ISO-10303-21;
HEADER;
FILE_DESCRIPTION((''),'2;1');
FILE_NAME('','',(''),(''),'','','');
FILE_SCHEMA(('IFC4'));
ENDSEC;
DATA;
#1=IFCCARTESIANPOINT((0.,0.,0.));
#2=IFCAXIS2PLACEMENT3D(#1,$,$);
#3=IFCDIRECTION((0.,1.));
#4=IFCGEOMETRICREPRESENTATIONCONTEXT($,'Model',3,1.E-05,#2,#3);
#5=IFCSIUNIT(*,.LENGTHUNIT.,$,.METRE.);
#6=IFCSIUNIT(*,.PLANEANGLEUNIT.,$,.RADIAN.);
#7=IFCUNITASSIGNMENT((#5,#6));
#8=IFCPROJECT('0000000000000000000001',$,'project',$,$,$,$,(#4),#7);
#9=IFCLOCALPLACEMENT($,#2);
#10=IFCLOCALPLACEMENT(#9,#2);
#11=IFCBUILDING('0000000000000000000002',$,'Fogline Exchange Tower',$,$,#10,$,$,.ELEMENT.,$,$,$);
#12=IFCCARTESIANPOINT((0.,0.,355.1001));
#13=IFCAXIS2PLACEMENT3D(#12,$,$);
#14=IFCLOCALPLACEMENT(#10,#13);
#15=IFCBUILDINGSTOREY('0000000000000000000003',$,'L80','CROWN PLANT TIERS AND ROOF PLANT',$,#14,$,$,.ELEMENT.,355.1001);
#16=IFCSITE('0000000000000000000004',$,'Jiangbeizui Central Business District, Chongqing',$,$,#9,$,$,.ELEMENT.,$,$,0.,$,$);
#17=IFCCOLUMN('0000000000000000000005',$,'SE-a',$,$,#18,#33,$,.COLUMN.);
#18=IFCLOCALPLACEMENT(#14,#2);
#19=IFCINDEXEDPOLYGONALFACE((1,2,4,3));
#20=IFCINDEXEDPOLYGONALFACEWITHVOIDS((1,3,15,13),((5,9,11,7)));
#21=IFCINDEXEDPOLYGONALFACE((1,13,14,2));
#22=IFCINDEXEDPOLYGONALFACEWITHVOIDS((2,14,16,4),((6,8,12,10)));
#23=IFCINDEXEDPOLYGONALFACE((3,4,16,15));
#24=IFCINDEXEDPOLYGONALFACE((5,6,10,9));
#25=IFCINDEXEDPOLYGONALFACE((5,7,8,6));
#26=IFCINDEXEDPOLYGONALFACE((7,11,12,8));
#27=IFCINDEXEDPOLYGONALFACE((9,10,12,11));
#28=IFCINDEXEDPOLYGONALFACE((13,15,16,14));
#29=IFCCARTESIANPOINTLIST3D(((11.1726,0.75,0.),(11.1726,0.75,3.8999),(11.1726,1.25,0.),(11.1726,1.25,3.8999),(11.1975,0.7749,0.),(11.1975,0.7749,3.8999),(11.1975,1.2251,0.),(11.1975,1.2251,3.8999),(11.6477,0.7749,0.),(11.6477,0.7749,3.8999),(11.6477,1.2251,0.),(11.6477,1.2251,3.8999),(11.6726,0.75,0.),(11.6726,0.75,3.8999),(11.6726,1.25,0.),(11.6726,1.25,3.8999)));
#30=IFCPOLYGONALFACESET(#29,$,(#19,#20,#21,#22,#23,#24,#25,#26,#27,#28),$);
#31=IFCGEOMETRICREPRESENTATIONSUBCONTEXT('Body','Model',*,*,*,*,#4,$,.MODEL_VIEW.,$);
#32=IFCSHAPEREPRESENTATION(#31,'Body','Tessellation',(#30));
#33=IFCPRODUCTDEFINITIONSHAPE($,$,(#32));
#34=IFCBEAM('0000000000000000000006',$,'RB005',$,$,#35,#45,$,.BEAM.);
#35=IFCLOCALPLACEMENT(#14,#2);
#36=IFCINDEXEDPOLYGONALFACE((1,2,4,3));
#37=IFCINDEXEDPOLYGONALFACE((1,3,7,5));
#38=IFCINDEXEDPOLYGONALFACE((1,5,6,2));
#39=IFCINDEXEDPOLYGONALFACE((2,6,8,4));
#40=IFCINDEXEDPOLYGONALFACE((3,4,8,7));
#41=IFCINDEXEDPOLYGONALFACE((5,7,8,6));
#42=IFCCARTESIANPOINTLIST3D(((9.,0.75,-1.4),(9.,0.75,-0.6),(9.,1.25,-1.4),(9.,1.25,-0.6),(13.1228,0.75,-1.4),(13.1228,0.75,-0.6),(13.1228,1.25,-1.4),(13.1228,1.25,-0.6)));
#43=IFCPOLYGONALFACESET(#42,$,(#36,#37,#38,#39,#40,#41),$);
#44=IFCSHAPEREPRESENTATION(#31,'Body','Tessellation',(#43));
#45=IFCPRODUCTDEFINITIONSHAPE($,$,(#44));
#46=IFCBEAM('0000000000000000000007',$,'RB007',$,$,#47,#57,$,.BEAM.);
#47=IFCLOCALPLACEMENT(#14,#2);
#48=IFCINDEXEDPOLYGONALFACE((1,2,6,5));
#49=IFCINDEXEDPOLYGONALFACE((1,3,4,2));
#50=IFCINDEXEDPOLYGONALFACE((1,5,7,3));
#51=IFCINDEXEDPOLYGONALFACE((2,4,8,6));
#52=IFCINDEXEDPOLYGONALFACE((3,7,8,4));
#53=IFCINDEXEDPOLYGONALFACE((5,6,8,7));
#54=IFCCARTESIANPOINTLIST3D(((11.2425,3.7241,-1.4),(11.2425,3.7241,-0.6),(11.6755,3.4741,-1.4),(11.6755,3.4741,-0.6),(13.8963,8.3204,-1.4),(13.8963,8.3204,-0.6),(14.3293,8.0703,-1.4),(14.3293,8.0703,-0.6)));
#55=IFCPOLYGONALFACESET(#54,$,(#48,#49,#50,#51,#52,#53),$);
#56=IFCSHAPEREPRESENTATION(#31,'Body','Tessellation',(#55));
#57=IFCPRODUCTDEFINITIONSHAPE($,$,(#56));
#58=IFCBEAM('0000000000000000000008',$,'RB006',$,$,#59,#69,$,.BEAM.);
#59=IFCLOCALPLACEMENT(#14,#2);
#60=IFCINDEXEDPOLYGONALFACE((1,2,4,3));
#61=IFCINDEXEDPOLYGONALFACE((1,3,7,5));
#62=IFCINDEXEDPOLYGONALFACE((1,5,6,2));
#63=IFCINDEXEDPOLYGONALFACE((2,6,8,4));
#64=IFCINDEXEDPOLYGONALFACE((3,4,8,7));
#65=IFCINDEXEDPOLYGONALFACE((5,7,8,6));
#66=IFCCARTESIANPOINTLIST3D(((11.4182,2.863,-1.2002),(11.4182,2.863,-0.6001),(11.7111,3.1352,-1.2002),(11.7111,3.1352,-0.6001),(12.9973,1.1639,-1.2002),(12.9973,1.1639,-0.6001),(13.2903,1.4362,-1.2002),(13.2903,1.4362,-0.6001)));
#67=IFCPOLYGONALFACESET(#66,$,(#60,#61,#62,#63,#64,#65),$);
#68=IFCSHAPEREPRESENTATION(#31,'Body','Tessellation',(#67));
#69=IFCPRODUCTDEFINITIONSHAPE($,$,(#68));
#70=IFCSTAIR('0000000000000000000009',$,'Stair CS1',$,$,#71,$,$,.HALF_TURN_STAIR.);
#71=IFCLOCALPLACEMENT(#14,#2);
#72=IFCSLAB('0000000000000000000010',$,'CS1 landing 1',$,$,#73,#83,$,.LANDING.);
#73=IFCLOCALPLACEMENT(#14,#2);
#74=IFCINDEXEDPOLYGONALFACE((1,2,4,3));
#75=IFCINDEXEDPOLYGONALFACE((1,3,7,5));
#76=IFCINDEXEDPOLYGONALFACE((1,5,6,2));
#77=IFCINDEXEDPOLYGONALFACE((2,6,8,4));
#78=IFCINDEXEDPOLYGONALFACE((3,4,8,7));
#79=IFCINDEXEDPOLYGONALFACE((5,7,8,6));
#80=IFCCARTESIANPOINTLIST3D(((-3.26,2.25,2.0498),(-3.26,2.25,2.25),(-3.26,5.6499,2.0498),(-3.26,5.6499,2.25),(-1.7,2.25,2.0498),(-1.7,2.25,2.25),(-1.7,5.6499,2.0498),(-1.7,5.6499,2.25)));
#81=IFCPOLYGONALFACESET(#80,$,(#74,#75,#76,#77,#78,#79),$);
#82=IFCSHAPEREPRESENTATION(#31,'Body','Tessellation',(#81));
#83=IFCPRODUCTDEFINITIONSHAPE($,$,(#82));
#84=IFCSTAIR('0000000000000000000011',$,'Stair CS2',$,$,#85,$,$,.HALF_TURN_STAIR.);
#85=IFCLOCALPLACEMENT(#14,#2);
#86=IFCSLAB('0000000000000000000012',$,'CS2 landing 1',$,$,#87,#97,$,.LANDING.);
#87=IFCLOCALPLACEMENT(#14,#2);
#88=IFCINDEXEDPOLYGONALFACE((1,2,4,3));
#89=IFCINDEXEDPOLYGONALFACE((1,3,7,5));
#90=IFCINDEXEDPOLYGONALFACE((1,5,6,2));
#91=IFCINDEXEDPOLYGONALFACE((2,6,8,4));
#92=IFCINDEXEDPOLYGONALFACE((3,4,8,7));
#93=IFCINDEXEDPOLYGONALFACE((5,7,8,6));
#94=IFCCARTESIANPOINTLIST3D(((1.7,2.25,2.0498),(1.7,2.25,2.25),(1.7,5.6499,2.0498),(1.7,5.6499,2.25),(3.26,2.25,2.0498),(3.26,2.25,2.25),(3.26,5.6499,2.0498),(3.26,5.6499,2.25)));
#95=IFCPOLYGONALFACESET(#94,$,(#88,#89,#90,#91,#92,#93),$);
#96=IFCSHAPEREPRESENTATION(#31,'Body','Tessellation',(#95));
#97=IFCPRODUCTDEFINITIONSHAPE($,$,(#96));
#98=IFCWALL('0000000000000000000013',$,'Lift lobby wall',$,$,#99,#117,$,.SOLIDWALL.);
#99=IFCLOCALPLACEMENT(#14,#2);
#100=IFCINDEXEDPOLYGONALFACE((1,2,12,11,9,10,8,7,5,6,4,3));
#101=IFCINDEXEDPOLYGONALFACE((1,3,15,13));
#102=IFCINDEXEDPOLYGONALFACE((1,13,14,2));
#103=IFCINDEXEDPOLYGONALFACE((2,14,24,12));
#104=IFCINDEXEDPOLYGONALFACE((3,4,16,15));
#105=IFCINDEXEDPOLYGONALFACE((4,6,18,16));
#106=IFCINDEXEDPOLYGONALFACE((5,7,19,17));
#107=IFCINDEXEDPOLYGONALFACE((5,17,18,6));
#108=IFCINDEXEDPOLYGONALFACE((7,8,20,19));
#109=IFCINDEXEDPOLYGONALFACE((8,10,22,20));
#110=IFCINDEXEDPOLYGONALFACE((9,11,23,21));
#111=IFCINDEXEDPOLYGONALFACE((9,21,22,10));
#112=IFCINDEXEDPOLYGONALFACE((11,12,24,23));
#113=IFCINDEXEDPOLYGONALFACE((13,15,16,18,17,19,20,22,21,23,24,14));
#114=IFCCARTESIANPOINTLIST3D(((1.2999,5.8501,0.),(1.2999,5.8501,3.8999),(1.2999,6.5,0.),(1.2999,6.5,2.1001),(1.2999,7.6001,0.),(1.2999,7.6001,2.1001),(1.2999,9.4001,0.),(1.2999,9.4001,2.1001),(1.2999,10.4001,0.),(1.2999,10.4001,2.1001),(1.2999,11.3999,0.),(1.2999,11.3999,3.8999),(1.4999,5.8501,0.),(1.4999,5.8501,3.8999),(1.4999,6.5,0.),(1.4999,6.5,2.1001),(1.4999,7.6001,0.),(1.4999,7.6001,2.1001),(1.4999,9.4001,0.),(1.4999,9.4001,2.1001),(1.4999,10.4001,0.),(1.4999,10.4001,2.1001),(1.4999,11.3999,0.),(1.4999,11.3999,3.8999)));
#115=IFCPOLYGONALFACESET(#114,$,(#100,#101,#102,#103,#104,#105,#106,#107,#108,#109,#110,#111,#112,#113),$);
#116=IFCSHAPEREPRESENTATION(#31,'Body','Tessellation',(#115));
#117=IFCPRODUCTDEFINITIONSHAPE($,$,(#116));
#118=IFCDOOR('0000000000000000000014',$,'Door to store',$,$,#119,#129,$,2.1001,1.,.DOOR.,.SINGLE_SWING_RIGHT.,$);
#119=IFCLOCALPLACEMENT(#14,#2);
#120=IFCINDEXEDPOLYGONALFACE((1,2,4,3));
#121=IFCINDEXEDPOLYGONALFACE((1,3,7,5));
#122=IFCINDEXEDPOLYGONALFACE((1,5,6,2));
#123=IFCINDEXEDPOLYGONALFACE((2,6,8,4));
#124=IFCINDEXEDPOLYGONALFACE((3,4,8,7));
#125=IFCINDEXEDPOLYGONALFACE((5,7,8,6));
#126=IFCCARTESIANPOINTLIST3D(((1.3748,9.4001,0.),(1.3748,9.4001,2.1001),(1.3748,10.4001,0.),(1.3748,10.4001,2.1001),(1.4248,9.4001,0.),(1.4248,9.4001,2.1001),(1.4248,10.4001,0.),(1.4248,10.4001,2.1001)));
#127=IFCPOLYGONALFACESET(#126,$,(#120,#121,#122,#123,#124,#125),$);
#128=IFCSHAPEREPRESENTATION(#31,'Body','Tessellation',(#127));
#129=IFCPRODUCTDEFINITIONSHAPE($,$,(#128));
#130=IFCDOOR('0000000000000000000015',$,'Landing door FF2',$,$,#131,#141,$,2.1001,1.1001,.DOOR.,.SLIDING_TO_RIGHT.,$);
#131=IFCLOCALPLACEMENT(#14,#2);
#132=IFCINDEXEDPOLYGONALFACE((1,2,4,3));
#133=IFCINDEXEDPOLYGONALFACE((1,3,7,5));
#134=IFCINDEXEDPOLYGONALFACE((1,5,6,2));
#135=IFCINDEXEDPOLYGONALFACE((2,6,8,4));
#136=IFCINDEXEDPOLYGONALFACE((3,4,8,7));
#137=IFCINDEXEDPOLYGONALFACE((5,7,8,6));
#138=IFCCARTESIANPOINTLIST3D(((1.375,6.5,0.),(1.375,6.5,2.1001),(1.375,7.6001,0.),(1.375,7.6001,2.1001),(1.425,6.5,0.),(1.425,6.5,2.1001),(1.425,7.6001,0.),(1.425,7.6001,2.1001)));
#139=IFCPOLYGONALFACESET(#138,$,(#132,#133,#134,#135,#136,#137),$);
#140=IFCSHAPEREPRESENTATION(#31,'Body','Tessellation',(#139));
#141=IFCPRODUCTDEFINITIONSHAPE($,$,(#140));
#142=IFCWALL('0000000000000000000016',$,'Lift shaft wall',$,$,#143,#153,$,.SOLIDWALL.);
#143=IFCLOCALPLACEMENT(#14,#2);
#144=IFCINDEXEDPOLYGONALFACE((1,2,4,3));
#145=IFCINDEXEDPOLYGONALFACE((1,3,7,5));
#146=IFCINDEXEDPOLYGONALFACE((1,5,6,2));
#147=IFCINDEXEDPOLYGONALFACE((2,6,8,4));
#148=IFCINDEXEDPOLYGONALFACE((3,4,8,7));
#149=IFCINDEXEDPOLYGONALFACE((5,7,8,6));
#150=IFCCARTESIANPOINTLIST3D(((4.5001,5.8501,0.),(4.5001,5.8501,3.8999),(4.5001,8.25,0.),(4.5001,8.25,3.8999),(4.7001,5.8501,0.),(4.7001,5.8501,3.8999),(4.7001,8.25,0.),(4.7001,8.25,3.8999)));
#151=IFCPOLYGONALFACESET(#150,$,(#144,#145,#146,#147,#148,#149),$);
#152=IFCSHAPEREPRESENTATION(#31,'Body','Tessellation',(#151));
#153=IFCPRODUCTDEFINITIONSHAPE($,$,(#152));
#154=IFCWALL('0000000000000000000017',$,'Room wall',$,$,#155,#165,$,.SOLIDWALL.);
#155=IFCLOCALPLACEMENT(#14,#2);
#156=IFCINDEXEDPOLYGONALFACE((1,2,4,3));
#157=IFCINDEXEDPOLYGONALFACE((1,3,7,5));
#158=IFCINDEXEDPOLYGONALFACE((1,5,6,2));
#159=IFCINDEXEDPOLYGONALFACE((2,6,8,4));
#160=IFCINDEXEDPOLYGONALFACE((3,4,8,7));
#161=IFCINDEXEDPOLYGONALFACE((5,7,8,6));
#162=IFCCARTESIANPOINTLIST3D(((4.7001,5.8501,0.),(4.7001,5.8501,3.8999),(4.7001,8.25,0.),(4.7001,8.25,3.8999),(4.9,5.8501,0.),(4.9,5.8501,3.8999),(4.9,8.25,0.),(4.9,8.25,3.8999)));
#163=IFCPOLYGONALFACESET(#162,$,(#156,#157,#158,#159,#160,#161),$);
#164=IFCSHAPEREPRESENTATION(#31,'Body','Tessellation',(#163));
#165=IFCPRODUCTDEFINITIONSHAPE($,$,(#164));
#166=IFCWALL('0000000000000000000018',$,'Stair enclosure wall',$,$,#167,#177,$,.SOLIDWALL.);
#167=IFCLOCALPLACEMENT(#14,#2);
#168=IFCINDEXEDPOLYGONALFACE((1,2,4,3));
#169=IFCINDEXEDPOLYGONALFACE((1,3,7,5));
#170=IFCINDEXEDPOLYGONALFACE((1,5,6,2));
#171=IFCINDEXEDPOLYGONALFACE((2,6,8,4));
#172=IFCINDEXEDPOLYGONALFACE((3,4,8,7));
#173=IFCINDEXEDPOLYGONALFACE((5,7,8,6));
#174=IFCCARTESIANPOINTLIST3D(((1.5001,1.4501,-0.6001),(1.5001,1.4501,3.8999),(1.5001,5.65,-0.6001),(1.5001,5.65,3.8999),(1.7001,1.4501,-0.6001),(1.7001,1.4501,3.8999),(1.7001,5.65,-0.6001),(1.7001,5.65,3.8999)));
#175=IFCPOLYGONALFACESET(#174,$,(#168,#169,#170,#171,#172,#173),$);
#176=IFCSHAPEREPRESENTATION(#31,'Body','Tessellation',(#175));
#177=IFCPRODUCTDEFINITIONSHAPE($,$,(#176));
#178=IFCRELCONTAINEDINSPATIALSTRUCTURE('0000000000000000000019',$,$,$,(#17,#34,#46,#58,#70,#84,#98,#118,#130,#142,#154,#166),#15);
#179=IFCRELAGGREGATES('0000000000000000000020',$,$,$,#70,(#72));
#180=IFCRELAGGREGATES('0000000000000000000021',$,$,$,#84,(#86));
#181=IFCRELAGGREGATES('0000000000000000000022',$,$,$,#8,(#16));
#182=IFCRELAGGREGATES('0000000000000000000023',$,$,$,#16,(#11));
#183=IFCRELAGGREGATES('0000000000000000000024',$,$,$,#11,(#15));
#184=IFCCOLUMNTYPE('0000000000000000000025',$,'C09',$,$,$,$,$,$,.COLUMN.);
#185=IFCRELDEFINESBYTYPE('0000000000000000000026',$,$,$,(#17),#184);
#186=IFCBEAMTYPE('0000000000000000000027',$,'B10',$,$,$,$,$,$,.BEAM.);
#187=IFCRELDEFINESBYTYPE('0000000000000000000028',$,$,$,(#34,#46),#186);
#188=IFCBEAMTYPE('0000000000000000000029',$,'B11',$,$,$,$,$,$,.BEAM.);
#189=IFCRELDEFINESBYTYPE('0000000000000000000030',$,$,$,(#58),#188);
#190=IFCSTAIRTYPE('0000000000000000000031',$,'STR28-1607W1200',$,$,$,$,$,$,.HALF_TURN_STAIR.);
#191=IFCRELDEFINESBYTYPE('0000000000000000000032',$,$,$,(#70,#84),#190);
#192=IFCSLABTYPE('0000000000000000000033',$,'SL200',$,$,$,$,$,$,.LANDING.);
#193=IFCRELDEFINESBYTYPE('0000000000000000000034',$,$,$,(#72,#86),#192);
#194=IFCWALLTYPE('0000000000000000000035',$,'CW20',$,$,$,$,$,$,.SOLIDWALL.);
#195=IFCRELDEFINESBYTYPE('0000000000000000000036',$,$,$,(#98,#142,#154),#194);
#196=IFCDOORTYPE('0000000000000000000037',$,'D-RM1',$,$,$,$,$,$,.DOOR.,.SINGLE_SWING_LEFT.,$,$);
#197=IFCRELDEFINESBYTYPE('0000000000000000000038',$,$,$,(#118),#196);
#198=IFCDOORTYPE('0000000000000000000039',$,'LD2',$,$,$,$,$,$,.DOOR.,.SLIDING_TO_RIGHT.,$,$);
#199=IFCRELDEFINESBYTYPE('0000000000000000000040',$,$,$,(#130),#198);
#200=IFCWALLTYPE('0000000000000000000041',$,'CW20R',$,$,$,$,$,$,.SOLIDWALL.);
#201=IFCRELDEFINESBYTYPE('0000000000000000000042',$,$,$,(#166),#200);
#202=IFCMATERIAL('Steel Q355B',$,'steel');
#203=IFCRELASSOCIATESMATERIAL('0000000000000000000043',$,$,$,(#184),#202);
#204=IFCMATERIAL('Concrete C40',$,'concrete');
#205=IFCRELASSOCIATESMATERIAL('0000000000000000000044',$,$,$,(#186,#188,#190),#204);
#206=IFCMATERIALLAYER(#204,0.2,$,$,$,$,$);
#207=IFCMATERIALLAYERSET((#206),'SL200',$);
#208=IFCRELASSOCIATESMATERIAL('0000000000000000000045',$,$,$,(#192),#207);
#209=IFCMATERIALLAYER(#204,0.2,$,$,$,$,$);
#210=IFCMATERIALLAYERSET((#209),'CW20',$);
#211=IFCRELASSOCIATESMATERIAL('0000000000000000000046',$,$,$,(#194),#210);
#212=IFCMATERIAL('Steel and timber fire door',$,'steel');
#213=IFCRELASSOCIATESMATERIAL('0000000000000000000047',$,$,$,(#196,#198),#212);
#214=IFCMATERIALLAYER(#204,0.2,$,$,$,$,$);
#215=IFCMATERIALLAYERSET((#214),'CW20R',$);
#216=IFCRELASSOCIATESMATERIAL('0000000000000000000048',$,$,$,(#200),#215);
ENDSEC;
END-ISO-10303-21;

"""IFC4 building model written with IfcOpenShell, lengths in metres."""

from ifc_helpers import new_model, si_unit, direction, frame, frame_2d, origin, origin_2d, place, context, subcontext, project, spatial, polyline, rectangle, hollow_rectangle, outline, extrude, material, layer, layer_set, material_profile, profile_set, type_object, element, fill, aggregate, save


model = new_model("IFC4")

# Units and contexts
model_context = context("Model", 3, precision=1e-05, world=origin(), true_north=direction((0.0, 1.0)))
body_context = subcontext(model_context, "Body", "Model", "MODEL_VIEW")
ifc_project = project(units=[si_unit("LENGTHUNIT", "METRE"), si_unit("PLANEANGLEUNIT", "RADIAN")], contexts=[model_context])

# Site, building, storey
site_placement = place(None, origin())
site = spatial("IfcSite", under=ifc_project, at=site_placement, Name="Jiangbeizui Central Business District, Chongqing", CompositionType="ELEMENT", RefElevation=0.0)
building_placement = place(site_placement, origin())
building = spatial("IfcBuilding", under=site, at=building_placement, Name="Fogline Exchange Tower", CompositionType="ELEMENT")
storey_placement = place(building_placement, frame((0.0, 0.0, 355.1001)))
storey = spatial("IfcBuildingStorey", under=building, at=storey_placement, Name="L80", Description="CROWN PLANT TIERS AND ROOF PLANT", CompositionType="ELEMENT", Elevation=355.1001)

# Column
ifc_material_1 = material(Name="Steel Q355B", Category="steel")
ifc_material_profile_1 = material_profile(ifc_material_1, hollow_rectangle(XDim=0.5, YDim=0.5, WallThickness=0.0249, at=origin_2d()), Name="BOX500X500X25")
ifc_profile_set_1 = profile_set([ifc_material_profile_1], Name="Steel Q355B")
column_type = type_object("IfcColumnType", Name="C09", PredefinedType="COLUMN", material=ifc_profile_set_1)
column_placement = place(storey_placement, frame((11.4226, 1.0, 0.0), z_axis=(0.0, 0.0, 1.0), x_axis=(1.0, 0.0, 0.0)))
element("IfcColumn", 1, at=column_placement, inside=storey, type_object=column_type, Name="SE-a", PredefinedType="COLUMN", context=body_context, shape_type="SweptSolid", body=[
    extrude(hollow_rectangle(XDim=0.5, YDim=0.5, WallThickness=0.0249, at=origin_2d()), origin(), (0.0, 0.0, 1.0), 3.8999),
])

# Beams
ifc_material_2 = material(Name="Concrete C40", Category="concrete")
ifc_material_profile_2 = material_profile(ifc_material_2, rectangle(XDim=0.5, YDim=0.8, at=origin_2d()), Name="RC 500x800")
ifc_profile_set_2 = profile_set([ifc_material_profile_2], Name="Concrete C40")
beam_type_1 = type_object("IfcBeamType", Name="B10", PredefinedType="BEAM", material=ifc_profile_set_2)
beam_1_placement = place(storey_placement, frame((9.0, 1.0, -1.0), z_axis=(1.0, 0.0, 0.0), x_axis=(0.0, 1.0, 0.0)))
element("IfcBeam", 2, at=beam_1_placement, inside=storey, type_object=beam_type_1, Name="RB005", PredefinedType="BEAM", context=body_context, shape_type="SweptSolid", body=[
    extrude(rectangle(XDim=0.5, YDim=0.8, at=origin_2d()), origin(), (0.0, 0.0, 1.0), 4.1228),
])
beam_2_placement = place(storey_placement, frame((11.459, 3.5991, -1.0), z_axis=(0.500028, 0.866009, 0.0), x_axis=(-0.866009, 0.500028, 0.0)))
element("IfcBeam", 3, at=beam_2_placement, inside=storey, type_object=beam_type_1, Name="RB007", PredefinedType="BEAM", context=body_context, shape_type="SweptSolid", body=[
    extrude(rectangle(XDim=0.5, YDim=0.8, at=origin_2d()), origin(), (0.0, 0.0, 1.0), 5.3074),
])
ifc_material_profile_3 = material_profile(ifc_material_2, rectangle(XDim=0.3999, YDim=0.6001, at=origin_2d()), Name="RC 400x600")
ifc_profile_set_3 = profile_set([ifc_material_profile_3], Name="Concrete C40")
beam_type_2 = type_object("IfcBeamType", Name="B11", PredefinedType="BEAM", material=ifc_profile_set_3)
beam_3_placement = place(storey_placement, frame((13.1438, 1.3, -0.9001), z_axis=(-0.680794, 0.732475, 0.0), x_axis=(-0.732475, -0.680794, 0.0)))
element("IfcBeam", 4, at=beam_3_placement, inside=storey, type_object=beam_type_2, Name="RB006", PredefinedType="BEAM", context=body_context, shape_type="SweptSolid", body=[
    extrude(rectangle(XDim=0.3999, YDim=0.6001, at=origin_2d()), origin(), (0.0, 0.0, 1.0), 2.3196),
])

# Stairs, slabs
stair_type = type_object("IfcStairType", Name="STR28-1607W1200", PredefinedType="HALF_TURN_STAIR", material=ifc_material_2)
stair_1_placement = place(storey_placement, origin())
stair_1 = element("IfcStair", 5, at=stair_1_placement, inside=storey, type_object=stair_type, Name="Stair CS1", PredefinedType="HALF_TURN_STAIR")
ifc_layer_1 = layer(ifc_material_2, 0.2)
ifc_layer_set_1 = layer_set([ifc_layer_1], Name="SL200")
slab_type = type_object("IfcSlabType", Name="SL200", PredefinedType="LANDING", material=ifc_layer_set_1)
slab_1_placement = place(storey_placement, frame((0.0, 0.0, 2.0498)))
slab_1 = element("IfcSlab", 6, at=slab_1_placement, type_object=slab_type, Name="CS1 landing 1", PredefinedType="LANDING", context=body_context, shape_type="SweptSolid", body=[
    extrude(outline(polyline([(-3.26, 2.25), (-1.7, 2.25), (-1.7, 5.6499), (-3.26, 5.6499), (-3.26, 2.25)])), origin(), (0.0, 0.0, 1.0), 0.2002),
])
aggregate(stair_1, [slab_1])
stair_2_placement = place(storey_placement, origin())
stair_2 = element("IfcStair", 7, at=stair_2_placement, inside=storey, type_object=stair_type, Name="Stair CS2", PredefinedType="HALF_TURN_STAIR")
slab_2_placement = place(storey_placement, frame((0.0, 0.0, 2.0498)))
slab_2 = element("IfcSlab", 8, at=slab_2_placement, type_object=slab_type, Name="CS2 landing 1", PredefinedType="LANDING", context=body_context, shape_type="SweptSolid", body=[
    extrude(outline(polyline([(1.7, 2.25), (3.26, 2.25), (3.26, 5.6499), (1.7, 5.6499), (1.7, 2.25)])), origin(), (0.0, 0.0, 1.0), 0.2002),
])

# Wall, openings, doors
ifc_layer_2 = layer(ifc_material_2, 0.2)
ifc_layer_set_2 = layer_set([ifc_layer_2], Name="CW20")
wall_type_1 = type_object("IfcWallType", Name="CW20", PredefinedType="SOLIDWALL", material=ifc_layer_set_2)
wall_1_placement = place(storey_placement, frame((1.3999, 5.8501, 0.0), z_axis=(0.0, 0.0, 1.0), x_axis=(0.0, 1.0, 0.0)))
wall_1 = element("IfcWall", 9, at=wall_1_placement, inside=storey, type_object=wall_type_1, Name="Lift lobby wall", PredefinedType="SOLIDWALL", context=body_context, shape_type="SweptSolid", body=[
    extrude(rectangle(XDim=5.5498, YDim=0.2, at=frame_2d((2.7749, 0.0))), origin(), (0.0, 0.0, 1.0), 3.8999),
])
opening_1_placement = place(wall_1_placement, frame((0.6499, 0.0, 0.0)))
opening_1 = element("IfcOpeningElement", 10, at=opening_1_placement, cuts=wall_1, PredefinedType="OPENING", context=body_context, shape_type="SweptSolid", body=[
    extrude(rectangle(XDim=1.1001, YDim=2.1001, at=frame_2d((0.55, 1.05))), frame((0.0, 0.1099, 0.0), z_axis=(0.0, -1.0, 0.0), x_axis=(1.0, 0.0, 0.0)), (0.0, 0.0, 1.0), 0.22),
])
opening_2_placement = place(wall_1_placement, frame((3.55, 0.0, 0.0)))
opening_2 = element("IfcOpeningElement", 11, at=opening_2_placement, cuts=wall_1, PredefinedType="OPENING", context=body_context, shape_type="SweptSolid", body=[
    extrude(rectangle(XDim=1.0, YDim=2.1001, at=frame_2d((0.5, 1.05))), frame((0.0, 0.1099, 0.0), z_axis=(0.0, -1.0, 0.0), x_axis=(1.0, 0.0, 0.0)), (0.0, 0.0, 1.0), 0.22),
])
ifc_material_3 = material(Name="Steel and timber fire door", Category="steel")
door_type_1 = type_object("IfcDoorType", Name="D-RM1", OperationType="SINGLE_SWING_LEFT", PredefinedType="DOOR", material=ifc_material_3)
door_1_placement = place(opening_2_placement, frame((1.0, 0.0, 0.0), z_axis=(0.0, 0.0, 1.0), x_axis=(-1.0, 0.0, 0.0)))
door_1 = element("IfcDoor", 12, at=door_1_placement, inside=storey, type_object=door_type_1, Name="Door to store", OperationType="SINGLE_SWING_RIGHT", OverallHeight=2.1001, OverallWidth=1.0, PredefinedType="DOOR", context=body_context, shape_type="SweptSolid", body=[
    extrude(rectangle(XDim=1.0, YDim=2.1001, at=frame_2d((0.5, 1.05))), frame((0.0, 0.0249, 0.0), z_axis=(0.0, -1.0, 0.0), x_axis=(1.0, 0.0, 0.0)), (0.0, 0.0, 1.0), 0.05),
])
fill(opening_2, door_1)
door_type_2 = type_object("IfcDoorType", Name="LD2", OperationType="SLIDING_TO_RIGHT", PredefinedType="DOOR", material=ifc_material_3)
door_2_placement = place(opening_1_placement, origin())
door_2 = element("IfcDoor", 13, at=door_2_placement, inside=storey, type_object=door_type_2, Name="Landing door FF2", OperationType="SLIDING_TO_RIGHT", OverallHeight=2.1001, OverallWidth=1.1001, PredefinedType="DOOR", context=body_context, shape_type="SweptSolid", body=[
    extrude(rectangle(XDim=1.1001, YDim=2.1001, at=frame_2d((0.55, 1.05))), frame((0.0, 0.0249, 0.0), z_axis=(0.0, -1.0, 0.0), x_axis=(1.0, 0.0, 0.0)), (0.0, 0.0, 1.0), 0.05),
])
fill(opening_1, door_2)

# Walls
for number, where, z_axis, x_axis, name in (
    (14, (4.6001, 5.8501, 0.0), (0.0, 0.0, 1.0), (0.0, 1.0, 0.0), "Lift shaft wall"),
    (15, (4.8, 5.8501, 0.0), (0.0, 0.0, 1.0), (0.0, 1.0, 0.0), "Room wall"),
):
    element("IfcWall", number, at=place(storey_placement, frame(where, z_axis=z_axis, x_axis=x_axis)), inside=storey, type_object=wall_type_1, Name=name, PredefinedType="SOLIDWALL", context=body_context, shape_type="SweptSolid", body=[
        extrude(rectangle(XDim=2.3999, YDim=0.2, at=frame_2d((1.2, 0.0))), origin(), (0.0, 0.0, 1.0), 3.8999),
    ])
ifc_layer_3 = layer(ifc_material_2, 0.2)
ifc_layer_set_3 = layer_set([ifc_layer_3], Name="CW20R")
wall_type_2 = type_object("IfcWallType", Name="CW20R", PredefinedType="SOLIDWALL", material=ifc_layer_set_3)
wall_2_placement = place(storey_placement, frame((1.6001, 1.45, -0.6001), z_axis=(0.0, 0.0, 1.0), x_axis=(0.0, 1.0, 0.0)))
element("IfcWall", 16, at=wall_2_placement, inside=storey, type_object=wall_type_2, Name="Stair enclosure wall", PredefinedType="SOLIDWALL", context=body_context, shape_type="SweptSolid", body=[
    extrude(rectangle(XDim=4.2, YDim=0.2, at=frame_2d((2.1001, 0.0))), origin(), (0.0, 0.0, 1.0), 4.5),
])

aggregate(stair_2, [slab_2])

save(model, "model.ifc")
